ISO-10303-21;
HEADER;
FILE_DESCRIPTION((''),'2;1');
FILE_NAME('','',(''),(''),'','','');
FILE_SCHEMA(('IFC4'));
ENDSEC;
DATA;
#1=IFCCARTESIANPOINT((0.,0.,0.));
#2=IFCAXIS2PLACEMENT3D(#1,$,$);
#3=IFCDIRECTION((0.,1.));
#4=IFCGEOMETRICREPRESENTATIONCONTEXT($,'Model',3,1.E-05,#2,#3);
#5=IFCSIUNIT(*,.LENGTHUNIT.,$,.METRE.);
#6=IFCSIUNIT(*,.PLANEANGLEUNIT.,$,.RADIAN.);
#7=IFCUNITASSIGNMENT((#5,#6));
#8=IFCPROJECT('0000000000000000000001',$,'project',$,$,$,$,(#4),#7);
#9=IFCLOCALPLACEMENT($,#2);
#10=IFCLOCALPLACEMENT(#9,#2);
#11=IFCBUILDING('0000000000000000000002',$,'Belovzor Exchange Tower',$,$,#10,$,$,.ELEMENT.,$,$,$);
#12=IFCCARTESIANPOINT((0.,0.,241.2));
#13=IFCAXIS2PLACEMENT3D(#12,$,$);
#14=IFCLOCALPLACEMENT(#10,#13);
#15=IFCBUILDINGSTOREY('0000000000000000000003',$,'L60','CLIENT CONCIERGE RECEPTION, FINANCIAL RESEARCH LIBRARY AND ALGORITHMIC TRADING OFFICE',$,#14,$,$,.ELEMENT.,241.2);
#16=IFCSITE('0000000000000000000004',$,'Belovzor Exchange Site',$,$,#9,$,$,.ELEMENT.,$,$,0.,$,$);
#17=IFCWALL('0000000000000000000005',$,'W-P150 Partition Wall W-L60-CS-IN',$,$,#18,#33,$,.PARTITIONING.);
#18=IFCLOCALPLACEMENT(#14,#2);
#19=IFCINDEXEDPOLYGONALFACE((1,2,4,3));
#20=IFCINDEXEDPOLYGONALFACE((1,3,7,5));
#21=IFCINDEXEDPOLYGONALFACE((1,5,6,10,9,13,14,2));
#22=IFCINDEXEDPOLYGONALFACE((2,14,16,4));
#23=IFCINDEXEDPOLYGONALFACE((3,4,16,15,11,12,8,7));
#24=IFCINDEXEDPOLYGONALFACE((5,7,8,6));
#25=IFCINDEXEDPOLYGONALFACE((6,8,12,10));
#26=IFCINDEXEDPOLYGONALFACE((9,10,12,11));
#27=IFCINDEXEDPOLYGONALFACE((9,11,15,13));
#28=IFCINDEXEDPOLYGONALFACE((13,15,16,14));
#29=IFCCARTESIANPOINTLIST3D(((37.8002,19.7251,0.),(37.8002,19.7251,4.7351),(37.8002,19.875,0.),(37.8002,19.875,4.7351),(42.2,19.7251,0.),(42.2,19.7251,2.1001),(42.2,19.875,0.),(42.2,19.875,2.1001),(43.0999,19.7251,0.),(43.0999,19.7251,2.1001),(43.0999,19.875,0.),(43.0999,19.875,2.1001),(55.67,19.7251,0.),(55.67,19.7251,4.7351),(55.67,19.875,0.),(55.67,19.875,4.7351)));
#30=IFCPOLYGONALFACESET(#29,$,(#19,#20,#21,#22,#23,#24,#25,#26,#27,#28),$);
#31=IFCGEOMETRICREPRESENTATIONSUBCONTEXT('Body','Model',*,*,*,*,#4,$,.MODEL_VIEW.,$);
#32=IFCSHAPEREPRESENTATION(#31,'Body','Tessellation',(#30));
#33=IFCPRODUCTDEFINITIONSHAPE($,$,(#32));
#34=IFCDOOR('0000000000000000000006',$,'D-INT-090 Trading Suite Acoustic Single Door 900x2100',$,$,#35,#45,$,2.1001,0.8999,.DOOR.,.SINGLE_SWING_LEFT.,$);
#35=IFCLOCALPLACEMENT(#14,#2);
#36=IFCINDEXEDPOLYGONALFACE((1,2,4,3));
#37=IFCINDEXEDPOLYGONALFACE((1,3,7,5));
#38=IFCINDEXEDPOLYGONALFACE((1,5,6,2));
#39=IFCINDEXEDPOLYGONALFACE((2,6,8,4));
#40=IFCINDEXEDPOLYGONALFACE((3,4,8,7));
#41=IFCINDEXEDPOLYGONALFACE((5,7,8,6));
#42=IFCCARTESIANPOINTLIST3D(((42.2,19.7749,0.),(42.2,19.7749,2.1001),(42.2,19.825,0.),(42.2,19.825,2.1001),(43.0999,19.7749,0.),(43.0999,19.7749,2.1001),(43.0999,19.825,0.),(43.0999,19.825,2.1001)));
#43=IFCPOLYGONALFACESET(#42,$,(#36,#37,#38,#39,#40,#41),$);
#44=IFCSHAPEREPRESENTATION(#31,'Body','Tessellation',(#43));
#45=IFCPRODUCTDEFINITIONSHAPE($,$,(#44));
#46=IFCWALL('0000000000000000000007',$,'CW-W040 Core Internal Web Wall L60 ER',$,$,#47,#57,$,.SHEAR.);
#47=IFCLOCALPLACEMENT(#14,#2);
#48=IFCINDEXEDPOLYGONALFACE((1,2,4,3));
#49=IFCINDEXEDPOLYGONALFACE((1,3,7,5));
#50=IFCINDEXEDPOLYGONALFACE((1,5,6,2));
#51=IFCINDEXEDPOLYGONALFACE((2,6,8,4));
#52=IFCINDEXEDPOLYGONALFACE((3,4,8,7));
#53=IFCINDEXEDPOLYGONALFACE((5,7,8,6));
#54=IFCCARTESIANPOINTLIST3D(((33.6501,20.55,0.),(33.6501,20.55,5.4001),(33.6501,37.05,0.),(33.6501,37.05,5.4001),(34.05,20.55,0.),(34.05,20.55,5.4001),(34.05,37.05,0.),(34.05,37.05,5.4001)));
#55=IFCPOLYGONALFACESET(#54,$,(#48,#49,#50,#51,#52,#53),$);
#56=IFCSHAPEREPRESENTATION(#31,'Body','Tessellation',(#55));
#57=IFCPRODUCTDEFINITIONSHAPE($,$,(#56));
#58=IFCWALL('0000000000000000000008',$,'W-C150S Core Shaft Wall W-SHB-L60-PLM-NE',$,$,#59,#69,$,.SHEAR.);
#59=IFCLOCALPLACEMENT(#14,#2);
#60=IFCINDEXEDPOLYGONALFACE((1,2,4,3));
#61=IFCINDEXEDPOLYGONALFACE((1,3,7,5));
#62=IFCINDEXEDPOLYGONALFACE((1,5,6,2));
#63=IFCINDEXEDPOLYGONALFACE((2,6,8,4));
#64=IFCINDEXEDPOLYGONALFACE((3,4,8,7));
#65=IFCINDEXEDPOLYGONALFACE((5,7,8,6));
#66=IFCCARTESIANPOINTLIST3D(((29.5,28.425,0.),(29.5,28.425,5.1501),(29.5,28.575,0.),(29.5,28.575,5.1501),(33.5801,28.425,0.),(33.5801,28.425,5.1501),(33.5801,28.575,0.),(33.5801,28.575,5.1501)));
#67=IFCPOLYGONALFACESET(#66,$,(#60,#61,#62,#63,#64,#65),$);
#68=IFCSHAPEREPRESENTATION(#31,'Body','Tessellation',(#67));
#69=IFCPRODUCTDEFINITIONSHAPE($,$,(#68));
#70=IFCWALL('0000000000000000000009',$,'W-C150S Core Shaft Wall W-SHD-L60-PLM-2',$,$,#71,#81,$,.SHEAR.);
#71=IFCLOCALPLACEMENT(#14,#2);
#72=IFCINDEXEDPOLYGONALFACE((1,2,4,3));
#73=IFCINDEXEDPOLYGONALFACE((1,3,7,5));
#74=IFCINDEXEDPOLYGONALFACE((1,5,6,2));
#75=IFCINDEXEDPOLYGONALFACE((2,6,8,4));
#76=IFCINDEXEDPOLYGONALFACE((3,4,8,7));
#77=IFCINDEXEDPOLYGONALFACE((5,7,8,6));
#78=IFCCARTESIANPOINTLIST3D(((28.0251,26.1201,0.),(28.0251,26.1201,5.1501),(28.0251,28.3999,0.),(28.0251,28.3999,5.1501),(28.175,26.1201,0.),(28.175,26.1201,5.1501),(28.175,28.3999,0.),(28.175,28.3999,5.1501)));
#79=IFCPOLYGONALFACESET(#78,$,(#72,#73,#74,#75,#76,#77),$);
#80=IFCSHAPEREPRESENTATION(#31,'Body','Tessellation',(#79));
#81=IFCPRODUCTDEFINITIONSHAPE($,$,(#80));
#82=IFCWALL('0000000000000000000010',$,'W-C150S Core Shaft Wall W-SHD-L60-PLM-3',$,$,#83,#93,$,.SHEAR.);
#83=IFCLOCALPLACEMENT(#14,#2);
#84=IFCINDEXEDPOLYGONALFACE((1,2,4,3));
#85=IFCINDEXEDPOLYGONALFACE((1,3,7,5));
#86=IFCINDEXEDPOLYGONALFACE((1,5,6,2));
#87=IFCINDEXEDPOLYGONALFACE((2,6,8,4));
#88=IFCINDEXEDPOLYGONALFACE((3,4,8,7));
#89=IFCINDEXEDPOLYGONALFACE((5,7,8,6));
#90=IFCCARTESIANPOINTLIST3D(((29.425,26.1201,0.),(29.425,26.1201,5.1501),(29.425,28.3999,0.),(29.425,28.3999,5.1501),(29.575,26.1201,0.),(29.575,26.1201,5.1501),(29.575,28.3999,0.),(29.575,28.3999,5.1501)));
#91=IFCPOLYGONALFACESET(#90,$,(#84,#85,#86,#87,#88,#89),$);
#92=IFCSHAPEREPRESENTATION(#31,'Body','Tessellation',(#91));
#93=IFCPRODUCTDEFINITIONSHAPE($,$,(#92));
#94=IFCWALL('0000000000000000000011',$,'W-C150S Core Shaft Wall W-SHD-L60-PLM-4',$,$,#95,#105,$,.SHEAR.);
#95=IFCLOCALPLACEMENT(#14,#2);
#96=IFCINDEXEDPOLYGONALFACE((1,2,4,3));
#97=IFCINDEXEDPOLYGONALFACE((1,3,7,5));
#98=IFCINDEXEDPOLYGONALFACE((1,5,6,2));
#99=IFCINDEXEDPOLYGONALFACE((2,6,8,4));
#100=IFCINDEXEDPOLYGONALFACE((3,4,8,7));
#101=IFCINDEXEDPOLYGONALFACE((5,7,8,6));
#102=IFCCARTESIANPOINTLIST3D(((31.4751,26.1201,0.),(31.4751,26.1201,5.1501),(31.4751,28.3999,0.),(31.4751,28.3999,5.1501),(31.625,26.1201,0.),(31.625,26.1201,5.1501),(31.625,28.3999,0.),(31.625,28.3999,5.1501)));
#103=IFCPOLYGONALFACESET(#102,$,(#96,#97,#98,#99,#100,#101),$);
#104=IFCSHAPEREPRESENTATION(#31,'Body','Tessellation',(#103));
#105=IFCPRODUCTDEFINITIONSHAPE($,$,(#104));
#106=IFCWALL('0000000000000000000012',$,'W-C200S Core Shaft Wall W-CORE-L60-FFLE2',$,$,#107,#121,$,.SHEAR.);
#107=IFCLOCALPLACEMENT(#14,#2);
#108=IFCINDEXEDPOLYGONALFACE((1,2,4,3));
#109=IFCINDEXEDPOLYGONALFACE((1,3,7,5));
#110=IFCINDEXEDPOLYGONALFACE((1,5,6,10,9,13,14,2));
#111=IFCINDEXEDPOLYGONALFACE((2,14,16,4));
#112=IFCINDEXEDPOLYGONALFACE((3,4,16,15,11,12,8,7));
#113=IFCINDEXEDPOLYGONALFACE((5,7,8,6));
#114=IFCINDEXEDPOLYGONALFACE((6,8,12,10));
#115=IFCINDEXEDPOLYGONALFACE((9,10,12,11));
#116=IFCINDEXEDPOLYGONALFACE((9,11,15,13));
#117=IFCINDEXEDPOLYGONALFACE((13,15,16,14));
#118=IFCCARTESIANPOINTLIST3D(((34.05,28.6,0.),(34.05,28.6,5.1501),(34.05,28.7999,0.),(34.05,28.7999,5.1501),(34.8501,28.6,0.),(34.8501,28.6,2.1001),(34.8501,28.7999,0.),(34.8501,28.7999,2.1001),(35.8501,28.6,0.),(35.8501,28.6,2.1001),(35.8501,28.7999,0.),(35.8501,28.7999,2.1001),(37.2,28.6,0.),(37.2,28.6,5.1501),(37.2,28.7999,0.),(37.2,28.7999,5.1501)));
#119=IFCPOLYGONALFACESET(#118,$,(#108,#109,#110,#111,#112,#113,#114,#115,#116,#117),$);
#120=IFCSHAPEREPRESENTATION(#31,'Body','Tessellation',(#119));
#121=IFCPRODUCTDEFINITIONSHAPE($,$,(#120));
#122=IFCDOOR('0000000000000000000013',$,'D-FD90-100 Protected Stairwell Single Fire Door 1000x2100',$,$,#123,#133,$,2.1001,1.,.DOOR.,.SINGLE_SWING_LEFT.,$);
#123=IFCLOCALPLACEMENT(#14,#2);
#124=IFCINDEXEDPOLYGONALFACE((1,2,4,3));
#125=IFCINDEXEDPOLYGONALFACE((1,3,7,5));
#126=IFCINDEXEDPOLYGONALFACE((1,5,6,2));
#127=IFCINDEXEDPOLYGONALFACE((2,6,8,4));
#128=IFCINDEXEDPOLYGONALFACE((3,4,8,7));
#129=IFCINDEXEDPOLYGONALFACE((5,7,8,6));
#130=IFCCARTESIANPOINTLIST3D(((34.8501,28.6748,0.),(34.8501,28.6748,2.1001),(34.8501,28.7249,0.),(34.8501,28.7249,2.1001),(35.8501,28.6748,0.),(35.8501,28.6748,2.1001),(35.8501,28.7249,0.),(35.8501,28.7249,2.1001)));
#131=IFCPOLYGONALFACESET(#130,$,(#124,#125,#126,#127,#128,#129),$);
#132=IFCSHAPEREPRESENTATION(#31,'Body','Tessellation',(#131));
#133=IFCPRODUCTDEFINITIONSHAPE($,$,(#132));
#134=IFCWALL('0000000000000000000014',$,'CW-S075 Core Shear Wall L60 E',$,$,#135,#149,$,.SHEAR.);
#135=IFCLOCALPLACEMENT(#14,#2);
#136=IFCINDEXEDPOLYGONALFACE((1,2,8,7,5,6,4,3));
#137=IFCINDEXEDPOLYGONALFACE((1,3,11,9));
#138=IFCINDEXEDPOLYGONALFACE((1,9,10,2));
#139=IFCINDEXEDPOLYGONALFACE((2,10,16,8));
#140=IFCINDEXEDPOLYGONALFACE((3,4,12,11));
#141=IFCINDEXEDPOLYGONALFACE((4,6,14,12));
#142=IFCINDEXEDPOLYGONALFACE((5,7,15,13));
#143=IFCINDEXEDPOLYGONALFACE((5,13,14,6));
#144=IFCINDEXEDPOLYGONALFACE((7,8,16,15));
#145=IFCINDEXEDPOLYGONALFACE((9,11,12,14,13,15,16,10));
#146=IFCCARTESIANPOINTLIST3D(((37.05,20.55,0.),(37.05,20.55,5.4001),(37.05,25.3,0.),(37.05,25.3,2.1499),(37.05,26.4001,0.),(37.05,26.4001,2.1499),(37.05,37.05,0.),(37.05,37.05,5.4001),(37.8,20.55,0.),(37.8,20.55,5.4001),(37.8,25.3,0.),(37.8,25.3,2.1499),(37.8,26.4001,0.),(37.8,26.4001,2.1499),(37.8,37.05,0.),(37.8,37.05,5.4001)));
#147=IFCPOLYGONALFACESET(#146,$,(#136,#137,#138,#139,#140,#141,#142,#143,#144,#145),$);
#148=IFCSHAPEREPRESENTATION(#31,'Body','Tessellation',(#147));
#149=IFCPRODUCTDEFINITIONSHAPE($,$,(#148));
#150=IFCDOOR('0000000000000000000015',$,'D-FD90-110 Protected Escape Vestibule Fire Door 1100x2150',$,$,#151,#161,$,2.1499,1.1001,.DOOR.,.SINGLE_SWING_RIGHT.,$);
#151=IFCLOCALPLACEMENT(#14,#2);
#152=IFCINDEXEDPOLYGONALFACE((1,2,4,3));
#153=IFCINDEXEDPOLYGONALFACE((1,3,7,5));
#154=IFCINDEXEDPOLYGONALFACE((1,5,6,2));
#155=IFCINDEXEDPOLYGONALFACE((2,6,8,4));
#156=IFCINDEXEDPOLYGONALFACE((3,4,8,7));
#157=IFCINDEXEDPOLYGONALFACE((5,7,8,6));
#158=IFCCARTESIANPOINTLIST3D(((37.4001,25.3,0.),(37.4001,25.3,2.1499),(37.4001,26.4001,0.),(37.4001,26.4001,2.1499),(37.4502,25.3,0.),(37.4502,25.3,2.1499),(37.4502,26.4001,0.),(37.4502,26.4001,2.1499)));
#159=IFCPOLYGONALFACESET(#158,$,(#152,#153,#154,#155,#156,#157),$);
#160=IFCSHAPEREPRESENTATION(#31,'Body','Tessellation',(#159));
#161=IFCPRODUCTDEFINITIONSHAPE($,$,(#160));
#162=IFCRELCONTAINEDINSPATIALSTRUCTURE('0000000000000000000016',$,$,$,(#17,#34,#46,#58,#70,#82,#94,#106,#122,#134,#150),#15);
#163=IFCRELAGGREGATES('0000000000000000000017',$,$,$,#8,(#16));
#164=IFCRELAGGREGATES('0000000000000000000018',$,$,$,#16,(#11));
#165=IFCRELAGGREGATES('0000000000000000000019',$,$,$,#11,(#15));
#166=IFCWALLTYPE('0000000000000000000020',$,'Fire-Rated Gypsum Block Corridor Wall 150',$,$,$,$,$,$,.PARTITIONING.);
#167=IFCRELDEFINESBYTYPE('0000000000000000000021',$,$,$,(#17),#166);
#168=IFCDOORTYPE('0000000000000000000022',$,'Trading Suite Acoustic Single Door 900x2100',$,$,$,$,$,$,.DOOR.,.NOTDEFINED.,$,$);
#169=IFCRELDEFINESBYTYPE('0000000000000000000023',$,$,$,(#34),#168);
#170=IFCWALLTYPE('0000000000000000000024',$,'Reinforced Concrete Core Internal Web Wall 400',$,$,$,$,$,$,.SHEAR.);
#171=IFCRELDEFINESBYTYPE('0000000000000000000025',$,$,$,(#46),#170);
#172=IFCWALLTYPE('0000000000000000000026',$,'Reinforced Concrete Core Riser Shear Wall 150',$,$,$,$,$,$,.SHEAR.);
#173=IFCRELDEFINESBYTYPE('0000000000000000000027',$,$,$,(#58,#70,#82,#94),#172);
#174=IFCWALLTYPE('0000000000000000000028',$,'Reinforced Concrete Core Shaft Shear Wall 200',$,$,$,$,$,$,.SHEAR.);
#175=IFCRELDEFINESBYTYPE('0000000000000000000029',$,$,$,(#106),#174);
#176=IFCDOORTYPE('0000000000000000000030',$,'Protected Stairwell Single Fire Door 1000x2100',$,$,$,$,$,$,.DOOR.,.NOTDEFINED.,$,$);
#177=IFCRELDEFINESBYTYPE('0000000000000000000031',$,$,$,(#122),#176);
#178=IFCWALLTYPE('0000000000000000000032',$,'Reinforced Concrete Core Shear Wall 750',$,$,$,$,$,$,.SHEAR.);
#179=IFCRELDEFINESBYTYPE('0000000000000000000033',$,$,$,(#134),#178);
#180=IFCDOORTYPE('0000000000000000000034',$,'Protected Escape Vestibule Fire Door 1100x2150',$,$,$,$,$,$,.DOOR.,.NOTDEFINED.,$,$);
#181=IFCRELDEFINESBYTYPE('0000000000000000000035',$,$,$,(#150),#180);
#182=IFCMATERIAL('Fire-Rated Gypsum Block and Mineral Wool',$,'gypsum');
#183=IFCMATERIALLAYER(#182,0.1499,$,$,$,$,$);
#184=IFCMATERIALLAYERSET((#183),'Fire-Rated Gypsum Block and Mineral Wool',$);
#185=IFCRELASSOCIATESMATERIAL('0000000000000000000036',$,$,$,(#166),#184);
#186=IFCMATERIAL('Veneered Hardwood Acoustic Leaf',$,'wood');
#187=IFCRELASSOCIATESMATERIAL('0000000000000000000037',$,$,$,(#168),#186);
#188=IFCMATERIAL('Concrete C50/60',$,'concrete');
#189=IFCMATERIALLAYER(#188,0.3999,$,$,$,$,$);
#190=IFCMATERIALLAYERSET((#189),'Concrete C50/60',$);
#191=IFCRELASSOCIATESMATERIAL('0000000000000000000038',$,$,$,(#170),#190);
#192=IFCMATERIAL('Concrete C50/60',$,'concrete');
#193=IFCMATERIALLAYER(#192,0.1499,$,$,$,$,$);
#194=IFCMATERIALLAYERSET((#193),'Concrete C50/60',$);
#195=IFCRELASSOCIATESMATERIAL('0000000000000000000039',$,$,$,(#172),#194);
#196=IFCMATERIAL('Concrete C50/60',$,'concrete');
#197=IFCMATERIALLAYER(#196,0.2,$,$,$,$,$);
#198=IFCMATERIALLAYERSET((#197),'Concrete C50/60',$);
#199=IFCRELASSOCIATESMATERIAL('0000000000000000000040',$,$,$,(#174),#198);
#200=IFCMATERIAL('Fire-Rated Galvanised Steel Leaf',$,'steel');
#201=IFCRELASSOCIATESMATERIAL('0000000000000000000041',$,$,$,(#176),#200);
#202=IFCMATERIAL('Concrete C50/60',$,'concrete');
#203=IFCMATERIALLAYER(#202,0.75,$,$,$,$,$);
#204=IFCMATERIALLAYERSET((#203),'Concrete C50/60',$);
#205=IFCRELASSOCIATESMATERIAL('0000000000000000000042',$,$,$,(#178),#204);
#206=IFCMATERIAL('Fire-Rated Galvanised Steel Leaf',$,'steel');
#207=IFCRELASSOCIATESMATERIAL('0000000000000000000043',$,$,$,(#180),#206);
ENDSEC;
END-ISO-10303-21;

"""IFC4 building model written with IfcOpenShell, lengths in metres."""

from ifc_helpers import new_model, si_unit, direction, frame, frame_2d, origin, place, context, subcontext, project, spatial, rectangle, extrude, material, layer, layer_set, type_object, element, fill, save


model = new_model("IFC4")

# Units and contexts
model_context = context("Model", 3, precision=1e-05, world=origin(), true_north=direction((0.0, 1.0)))
body_context = subcontext(model_context, "Body", "Model", "MODEL_VIEW")
ifc_project = project(units=[si_unit("LENGTHUNIT", "METRE"), si_unit("PLANEANGLEUNIT", "RADIAN")], contexts=[model_context])

# Site, building, storey
site_placement = place(None, origin())
site = spatial("IfcSite", under=ifc_project, at=site_placement, Name="Belovzor Exchange Site", CompositionType="ELEMENT", RefElevation=0.0)
building_placement = place(site_placement, origin())
building = spatial("IfcBuilding", under=site, at=building_placement, Name="Belovzor Exchange Tower", CompositionType="ELEMENT")
storey_placement = place(building_placement, frame((0.0, 0.0, 241.2)))
storey = spatial("IfcBuildingStorey", under=building, at=storey_placement, Name="L60", Description="CLIENT CONCIERGE RECEPTION, FINANCIAL RESEARCH LIBRARY AND ALGORITHMIC TRADING OFFICE", CompositionType="ELEMENT", Elevation=241.2)

# Shared definitions
ifc_material_1 = material(Name="Fire-Rated Gypsum Block and Mineral Wool", Category="gypsum")
ifc_layer_1 = layer(ifc_material_1, 0.1499)
ifc_layer_set_1 = layer_set([ifc_layer_1], Name="Fire-Rated Gypsum Block and Mineral Wool")
wall_type_1 = type_object("IfcWallType", Name="Fire-Rated Gypsum Block Corridor Wall 150", PredefinedType="PARTITIONING", material=ifc_layer_set_1)

# Wall, opening, door
wall_1_placement = place(storey_placement, frame((37.8, 19.8, 0.0), z_axis=(0.0, 0.0, 1.0), x_axis=(1.0, 0.0, 0.0)))
wall_1 = element("IfcWall", 1, at=wall_1_placement, inside=storey, type_object=wall_type_1, Name="W-P150 Partition Wall W-L60-CS-IN", PredefinedType="PARTITIONING", context=body_context, shape_type="SweptSolid", body=[
    extrude(rectangle(XDim=17.8699, YDim=0.1499, at=frame_2d((8.9351, 0.0))), origin(), (0.0, 0.0, 1.0), 4.7351),
])
opening_1_placement = place(wall_1_placement, frame((4.3999, 0.0, 0.0)))
opening_1 = element("IfcOpeningElement", 2, at=opening_1_placement, cuts=wall_1, PredefinedType="OPENING", context=body_context, shape_type="SweptSolid", body=[
    extrude(rectangle(XDim=0.8999, YDim=2.1001, at=frame_2d((0.45, 1.05))), frame((0.0, 0.085, 0.0), z_axis=(0.0, -1.0, 0.0), x_axis=(1.0, 0.0, 0.0)), (0.0, 0.0, 1.0), 0.1699),
])
ifc_material_2 = material(Name="Veneered Hardwood Acoustic Leaf", Category="wood")
door_type_1 = type_object("IfcDoorType", Name="Trading Suite Acoustic Single Door 900x2100", OperationType="NOTDEFINED", PredefinedType="DOOR", material=ifc_material_2)
door_1_placement = place(opening_1_placement, origin())
door_1 = element("IfcDoor", 3, at=door_1_placement, inside=storey, type_object=door_type_1, Name="D-INT-090 Trading Suite Acoustic Single Door 900x2100", OperationType="SINGLE_SWING_LEFT", OverallHeight=2.1001, OverallWidth=0.8999, PredefinedType="DOOR", context=body_context, shape_type="SweptSolid", body=[
    extrude(rectangle(XDim=0.8999, YDim=2.1001, at=frame_2d((0.45, 1.05))), frame((0.0, 0.0249, 0.0), z_axis=(0.0, -1.0, 0.0), x_axis=(1.0, 0.0, 0.0)), (0.0, 0.0, 1.0), 0.05),
])
fill(opening_1, door_1)

# Walls
ifc_material_3 = material(Name="Concrete C50/60", Category="concrete")
ifc_layer_2 = layer(ifc_material_3, 0.3999)
ifc_layer_set_2 = layer_set([ifc_layer_2], Name="Concrete C50/60")
wall_type_2 = type_object("IfcWallType", Name="Reinforced Concrete Core Internal Web Wall 400", PredefinedType="SHEAR", material=ifc_layer_set_2)
wall_2_placement = place(storey_placement, frame((33.8501, 20.55, 0.0), z_axis=(0.0, 0.0, 1.0), x_axis=(0.0, 1.0, 0.0)))
element("IfcWall", 4, at=wall_2_placement, inside=storey, type_object=wall_type_2, Name="CW-W040 Core Internal Web Wall L60 ER", PredefinedType="SHEAR", context=body_context, shape_type="SweptSolid", body=[
    extrude(rectangle(XDim=16.5, YDim=0.3999, at=frame_2d((8.25, 0.0))), origin(), (0.0, 0.0, 1.0), 5.4001),
])
ifc_material_4 = material(Name="Concrete C50/60", Category="concrete")
ifc_layer_3 = layer(ifc_material_4, 0.1499)
ifc_layer_set_3 = layer_set([ifc_layer_3], Name="Concrete C50/60")
wall_type_3 = type_object("IfcWallType", Name="Reinforced Concrete Core Riser Shear Wall 150", PredefinedType="SHEAR", material=ifc_layer_set_3)
wall_3_placement = place(storey_placement, frame((29.5, 28.5, 0.0), z_axis=(0.0, 0.0, 1.0), x_axis=(1.0, 0.0, 0.0)))
element("IfcWall", 5, at=wall_3_placement, inside=storey, type_object=wall_type_3, Name="W-C150S Core Shaft Wall W-SHB-L60-PLM-NE", PredefinedType="SHEAR", context=body_context, shape_type="SweptSolid", body=[
    extrude(rectangle(XDim=4.0801, YDim=0.1499, at=frame_2d((2.04, 0.0))), origin(), (0.0, 0.0, 1.0), 5.1501),
])
for number, where, z_axis, x_axis, name in (
    (6, (28.1001, 26.1201, 0.0), (0.0, 0.0, 1.0), (0.0, 1.0, 0.0), "W-C150S Core Shaft Wall W-SHD-L60-PLM-2"),
    (7, (29.5, 26.1201, 0.0), (0.0, 0.0, 1.0), (0.0, 1.0, 0.0), "W-C150S Core Shaft Wall W-SHD-L60-PLM-3"),
    (8, (31.55, 26.1201, 0.0), (0.0, 0.0, 1.0), (0.0, 1.0, 0.0), "W-C150S Core Shaft Wall W-SHD-L60-PLM-4"),
):
    element("IfcWall", number, at=place(storey_placement, frame(where, z_axis=z_axis, x_axis=x_axis)), inside=storey, type_object=wall_type_3, Name=name, PredefinedType="SHEAR", context=body_context, shape_type="SweptSolid", body=[
        extrude(rectangle(XDim=2.2798, YDim=0.1499, at=frame_2d((1.1399, 0.0))), origin(), (0.0, 0.0, 1.0), 5.1501),
    ])

# Walls, openings, doors
ifc_material_5 = material(Name="Concrete C50/60", Category="concrete")
ifc_layer_4 = layer(ifc_material_5, 0.2)
ifc_layer_set_4 = layer_set([ifc_layer_4], Name="Concrete C50/60")
wall_type_4 = type_object("IfcWallType", Name="Reinforced Concrete Core Shaft Shear Wall 200", PredefinedType="SHEAR", material=ifc_layer_set_4)
wall_4_placement = place(storey_placement, frame((34.05, 28.7, 0.0), z_axis=(0.0, 0.0, 1.0), x_axis=(1.0, 0.0, 0.0)))
wall_4 = element("IfcWall", 9, at=wall_4_placement, inside=storey, type_object=wall_type_4, Name="W-C200S Core Shaft Wall W-CORE-L60-FFLE2", PredefinedType="SHEAR", context=body_context, shape_type="SweptSolid", body=[
    extrude(rectangle(XDim=3.1499, YDim=0.2, at=frame_2d((1.575, 0.0))), origin(), (0.0, 0.0, 1.0), 5.1501),
])
opening_2_placement = place(wall_4_placement, frame((0.8, 0.0, 0.0)))
opening_2 = element("IfcOpeningElement", 10, at=opening_2_placement, cuts=wall_4, PredefinedType="OPENING", context=body_context, shape_type="SweptSolid", body=[
    extrude(rectangle(XDim=1.0, YDim=2.1001, at=frame_2d((0.5, 1.05))), frame((0.0, 0.1099, 0.0), z_axis=(0.0, -1.0, 0.0), x_axis=(1.0, 0.0, 0.0)), (0.0, 0.0, 1.0), 0.22),
])
ifc_material_6 = material(Name="Fire-Rated Galvanised Steel Leaf", Category="steel")
door_type_2 = type_object("IfcDoorType", Name="Protected Stairwell Single Fire Door 1000x2100", OperationType="NOTDEFINED", PredefinedType="DOOR", material=ifc_material_6)
door_2_placement = place(opening_2_placement, origin())
door_2 = element("IfcDoor", 11, at=door_2_placement, inside=storey, type_object=door_type_2, Name="D-FD90-100 Protected Stairwell Single Fire Door 1000x2100", OperationType="SINGLE_SWING_LEFT", OverallHeight=2.1001, OverallWidth=1.0, PredefinedType="DOOR", context=body_context, shape_type="SweptSolid", body=[
    extrude(rectangle(XDim=1.0, YDim=2.1001, at=frame_2d((0.5, 1.05))), frame((0.0, 0.0249, 0.0), z_axis=(0.0, -1.0, 0.0), x_axis=(1.0, 0.0, 0.0)), (0.0, 0.0, 1.0), 0.05),
])
fill(opening_2, door_2)
ifc_material_7 = material(Name="Concrete C50/60", Category="concrete")
ifc_layer_5 = layer(ifc_material_7, 0.75)
ifc_layer_set_5 = layer_set([ifc_layer_5], Name="Concrete C50/60")
wall_type_5 = type_object("IfcWallType", Name="Reinforced Concrete Core Shear Wall 750", PredefinedType="SHEAR", material=ifc_layer_set_5)
wall_5_placement = place(storey_placement, frame((37.425, 20.55, 0.0), z_axis=(0.0, 0.0, 1.0), x_axis=(0.0, 1.0, 0.0)))
wall_5 = element("IfcWall", 12, at=wall_5_placement, inside=storey, type_object=wall_type_5, Name="CW-S075 Core Shear Wall L60 E", PredefinedType="SHEAR", context=body_context, shape_type="SweptSolid", body=[
    extrude(rectangle(XDim=16.5, YDim=0.75, at=frame_2d((8.25, 0.0))), origin(), (0.0, 0.0, 1.0), 5.4001),
])
opening_3_placement = place(wall_5_placement, frame((4.75, 0.0, 0.0)))
opening_3 = element("IfcOpeningElement", 13, at=opening_3_placement, cuts=wall_5, PredefinedType="OPENING", context=body_context, shape_type="SweptSolid", body=[
    extrude(rectangle(XDim=1.1001, YDim=2.1499, at=frame_2d((0.55, 1.075))), frame((0.0, 0.385, 0.0), z_axis=(0.0, -1.0, 0.0), x_axis=(1.0, 0.0, 0.0)), (0.0, 0.0, 1.0), 0.77),
])
ifc_material_8 = material(Name="Fire-Rated Galvanised Steel Leaf", Category="steel")
door_type_3 = type_object("IfcDoorType", Name="Protected Escape Vestibule Fire Door 1100x2150", OperationType="NOTDEFINED", PredefinedType="DOOR", material=ifc_material_8)
door_3_placement = place(opening_3_placement, origin())
door_3 = element("IfcDoor", 14, at=door_3_placement, inside=storey, type_object=door_type_3, Name="D-FD90-110 Protected Escape Vestibule Fire Door 1100x2150", OperationType="SINGLE_SWING_RIGHT", OverallHeight=2.1499, OverallWidth=1.1001, PredefinedType="DOOR", context=body_context, shape_type="SweptSolid", body=[
    extrude(rectangle(XDim=1.1001, YDim=2.1499, at=frame_2d((0.55, 1.075))), frame((0.0, 0.0249, 0.0), z_axis=(0.0, -1.0, 0.0), x_axis=(1.0, 0.0, 0.0)), (0.0, 0.0, 1.0), 0.05),
])
fill(opening_3, door_3)

save(model, "model.ifc")
